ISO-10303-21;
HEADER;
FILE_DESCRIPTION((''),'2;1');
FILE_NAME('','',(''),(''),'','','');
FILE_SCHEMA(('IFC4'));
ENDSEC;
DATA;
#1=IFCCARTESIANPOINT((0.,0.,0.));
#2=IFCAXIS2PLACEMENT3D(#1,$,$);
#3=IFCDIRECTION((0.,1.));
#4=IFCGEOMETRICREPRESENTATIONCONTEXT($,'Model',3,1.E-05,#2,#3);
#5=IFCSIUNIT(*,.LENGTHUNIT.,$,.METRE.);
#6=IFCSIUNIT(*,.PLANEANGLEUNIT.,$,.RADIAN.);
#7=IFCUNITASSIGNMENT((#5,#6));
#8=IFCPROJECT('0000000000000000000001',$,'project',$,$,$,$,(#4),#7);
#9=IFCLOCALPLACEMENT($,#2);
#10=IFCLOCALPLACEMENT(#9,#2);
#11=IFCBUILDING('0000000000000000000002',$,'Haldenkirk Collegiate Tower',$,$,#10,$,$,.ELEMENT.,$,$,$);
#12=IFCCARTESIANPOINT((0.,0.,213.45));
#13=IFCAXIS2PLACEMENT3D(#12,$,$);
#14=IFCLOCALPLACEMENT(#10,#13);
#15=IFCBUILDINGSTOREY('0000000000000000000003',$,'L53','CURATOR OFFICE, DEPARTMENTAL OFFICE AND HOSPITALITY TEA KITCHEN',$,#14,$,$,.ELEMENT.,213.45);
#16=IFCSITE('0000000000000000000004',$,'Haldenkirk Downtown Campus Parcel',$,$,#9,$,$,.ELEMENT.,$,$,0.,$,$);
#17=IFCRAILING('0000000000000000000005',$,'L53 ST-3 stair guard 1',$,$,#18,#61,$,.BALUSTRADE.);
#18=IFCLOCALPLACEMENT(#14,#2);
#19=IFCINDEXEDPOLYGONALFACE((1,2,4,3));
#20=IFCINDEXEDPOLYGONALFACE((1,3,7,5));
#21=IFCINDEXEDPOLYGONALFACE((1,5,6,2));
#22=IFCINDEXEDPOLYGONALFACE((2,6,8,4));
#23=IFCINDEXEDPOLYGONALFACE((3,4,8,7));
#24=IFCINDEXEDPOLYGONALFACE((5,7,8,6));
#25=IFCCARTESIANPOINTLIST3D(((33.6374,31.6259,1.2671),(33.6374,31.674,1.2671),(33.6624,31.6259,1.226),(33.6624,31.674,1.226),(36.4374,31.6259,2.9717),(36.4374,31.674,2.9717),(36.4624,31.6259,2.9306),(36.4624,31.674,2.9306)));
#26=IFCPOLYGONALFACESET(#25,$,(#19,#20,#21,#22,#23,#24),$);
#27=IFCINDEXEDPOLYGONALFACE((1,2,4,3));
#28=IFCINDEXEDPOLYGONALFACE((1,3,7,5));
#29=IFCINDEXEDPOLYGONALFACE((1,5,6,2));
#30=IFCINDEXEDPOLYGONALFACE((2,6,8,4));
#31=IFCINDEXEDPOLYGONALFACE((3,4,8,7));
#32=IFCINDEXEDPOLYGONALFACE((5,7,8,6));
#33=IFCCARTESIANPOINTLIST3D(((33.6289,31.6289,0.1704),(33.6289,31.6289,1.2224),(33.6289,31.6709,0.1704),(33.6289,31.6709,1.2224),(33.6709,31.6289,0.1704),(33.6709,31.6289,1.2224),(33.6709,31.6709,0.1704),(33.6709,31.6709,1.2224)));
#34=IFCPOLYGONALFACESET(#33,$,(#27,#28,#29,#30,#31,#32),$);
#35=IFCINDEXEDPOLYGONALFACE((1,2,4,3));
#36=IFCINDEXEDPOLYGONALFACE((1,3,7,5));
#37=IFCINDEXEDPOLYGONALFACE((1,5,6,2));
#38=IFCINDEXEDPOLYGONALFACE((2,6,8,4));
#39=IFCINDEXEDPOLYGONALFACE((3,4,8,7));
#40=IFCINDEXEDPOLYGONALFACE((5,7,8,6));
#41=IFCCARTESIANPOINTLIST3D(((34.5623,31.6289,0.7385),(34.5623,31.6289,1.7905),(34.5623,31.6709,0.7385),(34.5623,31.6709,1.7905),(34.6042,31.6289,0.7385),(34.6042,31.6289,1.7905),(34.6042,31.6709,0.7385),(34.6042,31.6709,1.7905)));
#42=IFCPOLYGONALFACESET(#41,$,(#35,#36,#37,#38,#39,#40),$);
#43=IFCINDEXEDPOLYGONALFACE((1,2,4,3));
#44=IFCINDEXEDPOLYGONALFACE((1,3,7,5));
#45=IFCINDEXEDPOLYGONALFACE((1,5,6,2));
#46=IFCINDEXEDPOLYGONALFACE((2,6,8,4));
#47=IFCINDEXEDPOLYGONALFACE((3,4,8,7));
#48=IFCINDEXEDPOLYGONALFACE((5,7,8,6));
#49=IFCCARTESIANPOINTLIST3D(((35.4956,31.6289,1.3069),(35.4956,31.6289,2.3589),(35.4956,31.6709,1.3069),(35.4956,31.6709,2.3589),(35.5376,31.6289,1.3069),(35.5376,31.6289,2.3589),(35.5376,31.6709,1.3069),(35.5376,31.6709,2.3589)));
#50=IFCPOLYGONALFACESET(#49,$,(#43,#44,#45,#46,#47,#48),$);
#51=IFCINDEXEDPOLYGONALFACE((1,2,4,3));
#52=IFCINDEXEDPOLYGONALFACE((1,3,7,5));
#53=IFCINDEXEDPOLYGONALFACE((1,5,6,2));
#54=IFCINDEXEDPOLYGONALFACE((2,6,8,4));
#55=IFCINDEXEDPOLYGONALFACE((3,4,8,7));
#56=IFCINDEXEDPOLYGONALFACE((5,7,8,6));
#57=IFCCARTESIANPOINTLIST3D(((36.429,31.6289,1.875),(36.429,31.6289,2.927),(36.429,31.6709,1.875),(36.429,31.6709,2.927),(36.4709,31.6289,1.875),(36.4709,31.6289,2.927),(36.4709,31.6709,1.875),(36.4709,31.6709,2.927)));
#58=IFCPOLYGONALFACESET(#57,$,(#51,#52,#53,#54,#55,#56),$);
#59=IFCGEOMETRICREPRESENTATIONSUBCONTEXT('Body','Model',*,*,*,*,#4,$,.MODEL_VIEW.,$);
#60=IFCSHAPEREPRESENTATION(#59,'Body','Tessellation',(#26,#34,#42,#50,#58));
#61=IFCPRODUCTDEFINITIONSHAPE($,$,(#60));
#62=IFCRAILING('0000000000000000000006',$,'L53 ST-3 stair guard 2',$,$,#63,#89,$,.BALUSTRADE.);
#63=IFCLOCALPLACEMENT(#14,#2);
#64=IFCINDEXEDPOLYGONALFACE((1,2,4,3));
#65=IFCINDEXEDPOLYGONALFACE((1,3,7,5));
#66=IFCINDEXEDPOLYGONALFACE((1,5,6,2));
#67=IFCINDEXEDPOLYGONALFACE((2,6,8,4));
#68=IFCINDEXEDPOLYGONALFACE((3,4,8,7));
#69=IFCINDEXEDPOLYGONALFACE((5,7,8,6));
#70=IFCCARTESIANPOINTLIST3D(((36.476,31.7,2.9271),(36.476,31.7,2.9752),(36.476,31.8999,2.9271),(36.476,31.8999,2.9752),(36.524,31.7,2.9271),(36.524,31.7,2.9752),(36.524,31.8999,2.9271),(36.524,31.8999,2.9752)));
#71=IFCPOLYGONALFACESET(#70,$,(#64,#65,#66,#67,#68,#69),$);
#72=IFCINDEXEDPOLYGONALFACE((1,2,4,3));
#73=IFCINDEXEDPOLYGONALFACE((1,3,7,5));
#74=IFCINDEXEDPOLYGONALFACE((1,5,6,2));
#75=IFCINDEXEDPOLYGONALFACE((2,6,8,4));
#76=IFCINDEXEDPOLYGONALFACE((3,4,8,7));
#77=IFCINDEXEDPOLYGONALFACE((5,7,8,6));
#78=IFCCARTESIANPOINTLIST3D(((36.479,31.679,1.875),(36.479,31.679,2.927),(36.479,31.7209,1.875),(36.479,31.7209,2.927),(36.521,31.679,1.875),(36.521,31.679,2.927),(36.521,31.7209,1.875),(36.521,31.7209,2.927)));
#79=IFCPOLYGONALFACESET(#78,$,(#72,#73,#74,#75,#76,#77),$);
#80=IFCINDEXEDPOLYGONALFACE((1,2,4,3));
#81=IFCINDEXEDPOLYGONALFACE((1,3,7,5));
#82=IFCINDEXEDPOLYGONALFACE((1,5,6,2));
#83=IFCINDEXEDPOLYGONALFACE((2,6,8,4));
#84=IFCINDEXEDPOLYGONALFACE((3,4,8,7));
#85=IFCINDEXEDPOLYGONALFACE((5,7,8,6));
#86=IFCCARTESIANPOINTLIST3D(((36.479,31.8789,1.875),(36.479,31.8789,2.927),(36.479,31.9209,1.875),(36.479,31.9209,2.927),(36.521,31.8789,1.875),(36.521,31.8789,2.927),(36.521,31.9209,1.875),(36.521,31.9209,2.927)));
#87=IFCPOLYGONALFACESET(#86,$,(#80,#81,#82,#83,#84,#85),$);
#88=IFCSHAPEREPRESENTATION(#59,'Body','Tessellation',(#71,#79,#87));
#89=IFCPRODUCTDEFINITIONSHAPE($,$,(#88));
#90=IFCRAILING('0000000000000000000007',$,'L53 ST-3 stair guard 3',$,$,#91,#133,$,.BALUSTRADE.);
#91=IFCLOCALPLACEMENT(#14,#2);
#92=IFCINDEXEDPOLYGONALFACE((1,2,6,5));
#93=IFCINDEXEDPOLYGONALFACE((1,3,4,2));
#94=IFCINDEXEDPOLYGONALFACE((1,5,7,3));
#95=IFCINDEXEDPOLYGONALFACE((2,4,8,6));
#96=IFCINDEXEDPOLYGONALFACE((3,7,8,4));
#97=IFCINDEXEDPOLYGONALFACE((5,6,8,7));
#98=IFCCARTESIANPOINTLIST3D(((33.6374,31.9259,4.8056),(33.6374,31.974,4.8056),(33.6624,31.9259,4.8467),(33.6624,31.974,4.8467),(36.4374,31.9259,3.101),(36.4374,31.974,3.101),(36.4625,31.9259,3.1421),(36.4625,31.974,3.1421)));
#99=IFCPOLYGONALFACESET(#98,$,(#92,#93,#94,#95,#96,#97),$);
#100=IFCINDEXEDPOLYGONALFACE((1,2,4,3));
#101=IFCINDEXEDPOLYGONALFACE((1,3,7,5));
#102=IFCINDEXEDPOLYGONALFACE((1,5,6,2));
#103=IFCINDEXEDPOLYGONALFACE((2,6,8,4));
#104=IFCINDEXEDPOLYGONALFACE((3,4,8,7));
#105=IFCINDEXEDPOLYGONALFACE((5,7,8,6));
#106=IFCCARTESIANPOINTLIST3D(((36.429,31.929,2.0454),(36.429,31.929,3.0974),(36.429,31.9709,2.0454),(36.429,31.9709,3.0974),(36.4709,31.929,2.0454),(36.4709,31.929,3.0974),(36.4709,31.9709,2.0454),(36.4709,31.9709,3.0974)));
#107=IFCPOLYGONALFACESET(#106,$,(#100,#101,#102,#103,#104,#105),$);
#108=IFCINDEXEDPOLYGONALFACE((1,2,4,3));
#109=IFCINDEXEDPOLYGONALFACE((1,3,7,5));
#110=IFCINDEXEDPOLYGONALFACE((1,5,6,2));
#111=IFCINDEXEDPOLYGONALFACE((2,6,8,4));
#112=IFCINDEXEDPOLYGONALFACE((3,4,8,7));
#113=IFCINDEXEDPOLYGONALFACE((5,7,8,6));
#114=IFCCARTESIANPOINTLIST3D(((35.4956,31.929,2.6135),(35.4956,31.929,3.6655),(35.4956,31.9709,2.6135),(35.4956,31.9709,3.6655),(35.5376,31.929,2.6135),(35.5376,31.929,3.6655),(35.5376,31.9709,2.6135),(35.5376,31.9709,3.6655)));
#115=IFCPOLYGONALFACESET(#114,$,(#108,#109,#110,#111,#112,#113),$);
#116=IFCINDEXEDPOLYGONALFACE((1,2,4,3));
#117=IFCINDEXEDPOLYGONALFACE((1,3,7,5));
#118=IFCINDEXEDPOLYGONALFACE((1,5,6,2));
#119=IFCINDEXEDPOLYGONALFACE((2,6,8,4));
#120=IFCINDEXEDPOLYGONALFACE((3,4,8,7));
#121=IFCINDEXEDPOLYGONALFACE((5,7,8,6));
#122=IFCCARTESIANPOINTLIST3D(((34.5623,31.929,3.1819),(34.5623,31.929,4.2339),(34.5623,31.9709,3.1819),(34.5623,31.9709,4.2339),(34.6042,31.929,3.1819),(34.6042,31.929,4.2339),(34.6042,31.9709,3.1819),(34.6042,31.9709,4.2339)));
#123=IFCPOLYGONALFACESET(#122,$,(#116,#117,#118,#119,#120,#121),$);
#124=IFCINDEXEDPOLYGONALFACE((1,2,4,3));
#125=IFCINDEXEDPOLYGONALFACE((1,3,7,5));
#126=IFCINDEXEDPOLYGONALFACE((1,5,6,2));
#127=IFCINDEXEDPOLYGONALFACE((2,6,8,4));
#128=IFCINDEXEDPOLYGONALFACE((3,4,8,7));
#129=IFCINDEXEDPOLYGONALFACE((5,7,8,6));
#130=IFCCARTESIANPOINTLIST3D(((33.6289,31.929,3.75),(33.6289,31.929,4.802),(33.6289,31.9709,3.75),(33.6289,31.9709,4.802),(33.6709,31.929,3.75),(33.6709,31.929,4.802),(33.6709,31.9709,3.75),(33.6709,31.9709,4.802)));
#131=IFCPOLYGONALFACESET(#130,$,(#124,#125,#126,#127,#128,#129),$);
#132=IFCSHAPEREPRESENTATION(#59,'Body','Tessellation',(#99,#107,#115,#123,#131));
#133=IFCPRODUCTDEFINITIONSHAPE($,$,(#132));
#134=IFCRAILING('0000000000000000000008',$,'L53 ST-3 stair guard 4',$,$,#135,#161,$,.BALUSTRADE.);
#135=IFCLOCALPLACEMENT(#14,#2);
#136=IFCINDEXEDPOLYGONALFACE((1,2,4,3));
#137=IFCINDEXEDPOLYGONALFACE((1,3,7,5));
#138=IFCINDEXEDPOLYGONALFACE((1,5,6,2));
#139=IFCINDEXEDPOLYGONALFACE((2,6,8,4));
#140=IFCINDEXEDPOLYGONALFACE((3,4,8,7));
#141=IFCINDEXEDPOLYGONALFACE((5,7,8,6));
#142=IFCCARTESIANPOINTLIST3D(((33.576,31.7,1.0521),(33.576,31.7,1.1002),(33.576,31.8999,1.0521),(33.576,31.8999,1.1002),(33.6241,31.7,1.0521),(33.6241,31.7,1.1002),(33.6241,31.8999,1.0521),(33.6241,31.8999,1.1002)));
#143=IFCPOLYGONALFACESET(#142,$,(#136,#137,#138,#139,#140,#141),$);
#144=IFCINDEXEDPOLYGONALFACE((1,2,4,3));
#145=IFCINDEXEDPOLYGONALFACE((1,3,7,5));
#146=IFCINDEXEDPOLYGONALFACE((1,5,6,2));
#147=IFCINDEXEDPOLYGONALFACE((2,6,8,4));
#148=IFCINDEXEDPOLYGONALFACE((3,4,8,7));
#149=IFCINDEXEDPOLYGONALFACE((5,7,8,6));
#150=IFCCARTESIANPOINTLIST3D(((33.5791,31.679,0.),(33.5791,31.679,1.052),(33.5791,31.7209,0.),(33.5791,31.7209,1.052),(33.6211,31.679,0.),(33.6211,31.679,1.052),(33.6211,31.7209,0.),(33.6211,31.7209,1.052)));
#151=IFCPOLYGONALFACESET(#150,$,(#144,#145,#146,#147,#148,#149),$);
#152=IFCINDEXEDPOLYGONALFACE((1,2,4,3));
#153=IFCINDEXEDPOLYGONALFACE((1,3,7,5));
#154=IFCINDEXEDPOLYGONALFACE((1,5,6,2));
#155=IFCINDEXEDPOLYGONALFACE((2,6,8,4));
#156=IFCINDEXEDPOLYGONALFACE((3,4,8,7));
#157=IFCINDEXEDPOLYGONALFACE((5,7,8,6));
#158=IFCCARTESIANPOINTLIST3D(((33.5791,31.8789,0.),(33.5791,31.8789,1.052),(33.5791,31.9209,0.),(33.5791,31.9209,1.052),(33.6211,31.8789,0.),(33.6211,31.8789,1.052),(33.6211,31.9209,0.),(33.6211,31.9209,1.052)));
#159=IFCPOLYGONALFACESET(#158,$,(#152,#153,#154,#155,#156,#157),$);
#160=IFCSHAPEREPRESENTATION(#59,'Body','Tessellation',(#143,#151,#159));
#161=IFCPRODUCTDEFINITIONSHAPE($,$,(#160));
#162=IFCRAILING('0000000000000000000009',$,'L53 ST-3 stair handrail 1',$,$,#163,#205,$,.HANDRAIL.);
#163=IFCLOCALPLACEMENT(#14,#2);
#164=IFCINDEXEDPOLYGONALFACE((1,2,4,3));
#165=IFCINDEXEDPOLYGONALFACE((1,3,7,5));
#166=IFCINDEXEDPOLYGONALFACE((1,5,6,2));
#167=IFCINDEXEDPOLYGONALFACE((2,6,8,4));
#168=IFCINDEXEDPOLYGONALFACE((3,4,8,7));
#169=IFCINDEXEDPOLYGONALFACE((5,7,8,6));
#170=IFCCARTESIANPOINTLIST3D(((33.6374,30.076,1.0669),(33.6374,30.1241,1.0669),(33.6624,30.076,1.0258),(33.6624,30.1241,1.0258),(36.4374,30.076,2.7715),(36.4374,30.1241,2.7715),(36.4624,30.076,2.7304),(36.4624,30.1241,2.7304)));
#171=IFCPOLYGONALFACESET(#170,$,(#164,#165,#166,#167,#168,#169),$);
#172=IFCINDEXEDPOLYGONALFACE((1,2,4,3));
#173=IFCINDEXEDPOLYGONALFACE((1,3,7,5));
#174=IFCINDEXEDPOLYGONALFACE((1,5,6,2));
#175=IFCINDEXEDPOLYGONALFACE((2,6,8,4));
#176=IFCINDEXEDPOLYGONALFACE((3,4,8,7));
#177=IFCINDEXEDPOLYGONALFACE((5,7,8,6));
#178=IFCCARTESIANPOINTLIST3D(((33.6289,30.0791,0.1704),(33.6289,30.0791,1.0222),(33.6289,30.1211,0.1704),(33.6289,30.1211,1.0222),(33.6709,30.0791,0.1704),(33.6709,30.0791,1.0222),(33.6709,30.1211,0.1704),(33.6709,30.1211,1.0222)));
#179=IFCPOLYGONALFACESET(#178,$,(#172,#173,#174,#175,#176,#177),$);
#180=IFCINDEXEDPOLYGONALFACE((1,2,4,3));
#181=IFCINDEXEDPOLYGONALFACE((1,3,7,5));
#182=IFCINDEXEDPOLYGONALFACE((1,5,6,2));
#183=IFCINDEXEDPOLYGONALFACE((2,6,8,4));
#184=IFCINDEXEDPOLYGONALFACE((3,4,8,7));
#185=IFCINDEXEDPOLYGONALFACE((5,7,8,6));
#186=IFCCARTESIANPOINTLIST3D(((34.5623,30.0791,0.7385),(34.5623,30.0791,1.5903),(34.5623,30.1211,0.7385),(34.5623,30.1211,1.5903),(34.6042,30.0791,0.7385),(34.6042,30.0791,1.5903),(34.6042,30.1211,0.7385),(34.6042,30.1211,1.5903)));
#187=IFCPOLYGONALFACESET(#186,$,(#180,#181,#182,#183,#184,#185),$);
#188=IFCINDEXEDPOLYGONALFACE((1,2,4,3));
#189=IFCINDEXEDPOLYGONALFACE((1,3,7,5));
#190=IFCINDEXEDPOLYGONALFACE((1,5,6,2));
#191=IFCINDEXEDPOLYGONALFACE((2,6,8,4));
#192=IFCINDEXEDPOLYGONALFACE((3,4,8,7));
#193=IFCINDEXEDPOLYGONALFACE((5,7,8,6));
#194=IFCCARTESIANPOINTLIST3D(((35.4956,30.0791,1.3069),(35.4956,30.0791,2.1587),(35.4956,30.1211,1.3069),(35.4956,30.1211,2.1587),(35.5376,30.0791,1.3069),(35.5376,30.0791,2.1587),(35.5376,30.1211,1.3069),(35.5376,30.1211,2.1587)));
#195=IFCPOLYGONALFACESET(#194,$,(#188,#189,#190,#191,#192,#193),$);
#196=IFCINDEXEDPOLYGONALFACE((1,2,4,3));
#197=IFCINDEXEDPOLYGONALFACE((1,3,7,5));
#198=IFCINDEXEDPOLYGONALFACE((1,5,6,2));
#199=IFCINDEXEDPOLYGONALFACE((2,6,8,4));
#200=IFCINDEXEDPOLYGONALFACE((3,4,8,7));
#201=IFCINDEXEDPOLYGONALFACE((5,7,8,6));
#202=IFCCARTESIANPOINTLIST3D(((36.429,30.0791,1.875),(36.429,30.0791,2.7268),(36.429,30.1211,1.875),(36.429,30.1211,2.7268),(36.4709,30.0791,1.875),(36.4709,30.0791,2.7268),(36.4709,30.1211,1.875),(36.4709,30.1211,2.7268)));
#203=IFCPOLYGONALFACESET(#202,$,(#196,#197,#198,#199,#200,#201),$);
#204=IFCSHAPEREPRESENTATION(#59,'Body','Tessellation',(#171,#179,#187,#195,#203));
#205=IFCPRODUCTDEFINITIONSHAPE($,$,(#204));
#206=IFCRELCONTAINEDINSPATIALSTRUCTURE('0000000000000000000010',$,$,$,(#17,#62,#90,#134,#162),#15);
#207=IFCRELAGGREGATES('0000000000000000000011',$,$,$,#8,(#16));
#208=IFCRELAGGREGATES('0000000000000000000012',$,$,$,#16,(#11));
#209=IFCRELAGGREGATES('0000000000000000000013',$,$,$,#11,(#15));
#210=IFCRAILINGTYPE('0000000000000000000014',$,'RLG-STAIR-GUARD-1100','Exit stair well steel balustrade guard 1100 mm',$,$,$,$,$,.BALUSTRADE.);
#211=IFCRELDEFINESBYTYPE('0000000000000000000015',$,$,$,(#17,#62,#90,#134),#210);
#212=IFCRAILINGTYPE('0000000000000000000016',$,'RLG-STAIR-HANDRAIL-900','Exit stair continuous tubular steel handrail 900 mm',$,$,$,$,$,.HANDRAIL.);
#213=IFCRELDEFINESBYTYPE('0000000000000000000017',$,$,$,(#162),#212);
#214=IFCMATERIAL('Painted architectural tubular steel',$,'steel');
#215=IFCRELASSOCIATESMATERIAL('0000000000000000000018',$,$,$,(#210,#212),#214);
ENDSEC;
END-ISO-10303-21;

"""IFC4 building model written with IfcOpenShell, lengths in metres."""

from ifc_helpers import new_model, si_unit, direction, frame, origin, origin_2d, place, context, subcontext, project, spatial, rectangle, extrude, material, type_object, element, save


model = new_model("IFC4")

# Units and contexts
model_context = context("Model", 3, precision=1e-05, world=origin(), true_north=direction((0.0, 1.0)))
body_context = subcontext(model_context, "Body", "Model", "MODEL_VIEW")
ifc_project = project(units=[si_unit("LENGTHUNIT", "METRE"), si_unit("PLANEANGLEUNIT", "RADIAN")], contexts=[model_context])

# Site, building, storey
site_placement = place(None, origin())
site = spatial("IfcSite", under=ifc_project, at=site_placement, Name="Haldenkirk Downtown Campus Parcel", CompositionType="ELEMENT", RefElevation=0.0)
building_placement = place(site_placement, origin())
building = spatial("IfcBuilding", under=site, at=building_placement, Name="Haldenkirk Collegiate Tower", CompositionType="ELEMENT")
storey_placement = place(building_placement, frame((0.0, 0.0, 213.45)))
storey = spatial("IfcBuildingStorey", under=building, at=storey_placement, Name="L53", Description="CURATOR OFFICE, DEPARTMENTAL OFFICE AND HOSPITALITY TEA KITCHEN", CompositionType="ELEMENT", Elevation=213.45)

# Railings
ifc_material_1 = material(Name="Painted architectural tubular steel", Category="steel")
railing_type_1 = type_object("IfcRailingType", Name="RLG-STAIR-GUARD-1100", Description="Exit stair well steel balustrade guard 1100 mm", PredefinedType="BALUSTRADE", material=ifc_material_1)
railing_1_placement = place(storey_placement, frame((33.6499, 31.6499, 0.1704)))
element("IfcRailing", 1, at=railing_1_placement, inside=storey, type_object=railing_type_1, Name="L53 ST-3 stair guard 1", PredefinedType="BALUSTRADE", context=body_context, shape_type="SweptSolid", body=[
    extrude(rectangle(XDim=0.0481, YDim=0.0481, at=origin_2d()), frame((0.0, 0.0, 1.0762), z_axis=(0.85417, 0.0, 0.519994), x_axis=(0.0, 1.0, 0.0)), (0.0, 0.0, 1.0), 3.2781),
    extrude(rectangle(XDim=0.042, YDim=0.042, at=origin_2d()), origin(), (0.0, 0.0, 1.0), 1.052),
    extrude(rectangle(XDim=0.042, YDim=0.042, at=origin_2d()), frame((0.9333, 0.0, 0.5681)), (0.0, 0.0, 1.0), 1.052),
    extrude(rectangle(XDim=0.042, YDim=0.042, at=origin_2d()), frame((1.8667, 0.0, 1.1365)), (0.0, 0.0, 1.0), 1.052),
    extrude(rectangle(XDim=0.042, YDim=0.042, at=origin_2d()), frame((2.8, 0.0, 1.7046)), (0.0, 0.0, 1.0), 1.052),
])
railing_2_placement = place(storey_placement, frame((36.5, 31.7, 1.875)))
element("IfcRailing", 2, at=railing_2_placement, inside=storey, type_object=railing_type_1, Name="L53 ST-3 stair guard 2", PredefinedType="BALUSTRADE", context=body_context, shape_type="SweptSolid", body=[
    extrude(rectangle(XDim=0.0481, YDim=0.0481, at=origin_2d()), frame((0.0, 0.0, 1.0762), z_axis=(0.0, 1.0, 0.0), x_axis=(-1.0, 0.0, 0.0)), (0.0, 0.0, 1.0), 0.2),
    extrude(rectangle(XDim=0.042, YDim=0.042, at=origin_2d()), origin(), (0.0, 0.0, 1.0), 1.052),
    extrude(rectangle(XDim=0.042, YDim=0.042, at=origin_2d()), frame((0.0, 0.2, 0.0)), (0.0, 0.0, 1.0), 1.052),
])
railing_3_placement = place(storey_placement, frame((36.45, 31.95, 2.0454)))
element("IfcRailing", 3, at=railing_3_placement, inside=storey, type_object=railing_type_1, Name="L53 ST-3 stair guard 3", PredefinedType="BALUSTRADE", context=body_context, shape_type="SweptSolid", body=[
    extrude(rectangle(XDim=0.0481, YDim=0.0481, at=origin_2d()), frame((0.0, 0.0, 1.0762), z_axis=(-0.85417, 0.0, 0.519994), x_axis=(0.0, -1.0, 0.0)), (0.0, 0.0, 1.0), 3.2781),
    extrude(rectangle(XDim=0.042, YDim=0.042, at=origin_2d()), origin(), (0.0, 0.0, 1.0), 1.052),
    extrude(rectangle(XDim=0.042, YDim=0.042, at=origin_2d()), frame((-0.9333, 0.0, 0.5681)), (0.0, 0.0, 1.0), 1.052),
    extrude(rectangle(XDim=0.042, YDim=0.042, at=origin_2d()), frame((-1.8667, 0.0, 1.1365)), (0.0, 0.0, 1.0), 1.052),
    extrude(rectangle(XDim=0.042, YDim=0.042, at=origin_2d()), frame((-2.8, 0.0, 1.7046)), (0.0, 0.0, 1.0), 1.052),
])
railing_4_placement = place(storey_placement, frame((33.6001, 31.7, 0.0)))
element("IfcRailing", 4, at=railing_4_placement, inside=storey, type_object=railing_type_1, Name="L53 ST-3 stair guard 4", PredefinedType="BALUSTRADE", context=body_context, shape_type="SweptSolid", body=[
    extrude(rectangle(XDim=0.0481, YDim=0.0481, at=origin_2d()), frame((0.0, 0.0, 1.0762), z_axis=(0.0, 1.0, 0.0), x_axis=(-1.0, 0.0, 0.0)), (0.0, 0.0, 1.0), 0.2),
    extrude(rectangle(XDim=0.042, YDim=0.042, at=origin_2d()), origin(), (0.0, 0.0, 1.0), 1.052),
    extrude(rectangle(XDim=0.042, YDim=0.042, at=origin_2d()), frame((0.0, 0.2, 0.0)), (0.0, 0.0, 1.0), 1.052),
])
railing_type_2 = type_object("IfcRailingType", Name="RLG-STAIR-HANDRAIL-900", Description="Exit stair continuous tubular steel handrail 900 mm", PredefinedType="HANDRAIL", material=ifc_material_1)
railing_5_placement = place(storey_placement, frame((33.6499, 30.1001, 0.1704)))
element("IfcRailing", 5, at=railing_5_placement, inside=storey, type_object=railing_type_2, Name="L53 ST-3 stair handrail 1", PredefinedType="HANDRAIL", context=body_context, shape_type="SweptSolid", body=[
    extrude(rectangle(XDim=0.0481, YDim=0.0481, at=origin_2d()), frame((0.0, 0.0, 0.876), z_axis=(0.85417, 0.0, 0.519994), x_axis=(0.0, 1.0, 0.0)), (0.0, 0.0, 1.0), 3.2781),
    extrude(rectangle(XDim=0.042, YDim=0.042, at=origin_2d()), origin(), (0.0, 0.0, 1.0), 0.8518),
    extrude(rectangle(XDim=0.042, YDim=0.042, at=origin_2d()), frame((0.9333, 0.0, 0.5681)), (0.0, 0.0, 1.0), 0.8518),
    extrude(rectangle(XDim=0.042, YDim=0.042, at=origin_2d()), frame((1.8667, 0.0, 1.1365)), (0.0, 0.0, 1.0), 0.8518),
    extrude(rectangle(XDim=0.042, YDim=0.042, at=origin_2d()), frame((2.8, 0.0, 1.7046)), (0.0, 0.0, 1.0), 0.8518),
])

save(model, "model.ifc")
